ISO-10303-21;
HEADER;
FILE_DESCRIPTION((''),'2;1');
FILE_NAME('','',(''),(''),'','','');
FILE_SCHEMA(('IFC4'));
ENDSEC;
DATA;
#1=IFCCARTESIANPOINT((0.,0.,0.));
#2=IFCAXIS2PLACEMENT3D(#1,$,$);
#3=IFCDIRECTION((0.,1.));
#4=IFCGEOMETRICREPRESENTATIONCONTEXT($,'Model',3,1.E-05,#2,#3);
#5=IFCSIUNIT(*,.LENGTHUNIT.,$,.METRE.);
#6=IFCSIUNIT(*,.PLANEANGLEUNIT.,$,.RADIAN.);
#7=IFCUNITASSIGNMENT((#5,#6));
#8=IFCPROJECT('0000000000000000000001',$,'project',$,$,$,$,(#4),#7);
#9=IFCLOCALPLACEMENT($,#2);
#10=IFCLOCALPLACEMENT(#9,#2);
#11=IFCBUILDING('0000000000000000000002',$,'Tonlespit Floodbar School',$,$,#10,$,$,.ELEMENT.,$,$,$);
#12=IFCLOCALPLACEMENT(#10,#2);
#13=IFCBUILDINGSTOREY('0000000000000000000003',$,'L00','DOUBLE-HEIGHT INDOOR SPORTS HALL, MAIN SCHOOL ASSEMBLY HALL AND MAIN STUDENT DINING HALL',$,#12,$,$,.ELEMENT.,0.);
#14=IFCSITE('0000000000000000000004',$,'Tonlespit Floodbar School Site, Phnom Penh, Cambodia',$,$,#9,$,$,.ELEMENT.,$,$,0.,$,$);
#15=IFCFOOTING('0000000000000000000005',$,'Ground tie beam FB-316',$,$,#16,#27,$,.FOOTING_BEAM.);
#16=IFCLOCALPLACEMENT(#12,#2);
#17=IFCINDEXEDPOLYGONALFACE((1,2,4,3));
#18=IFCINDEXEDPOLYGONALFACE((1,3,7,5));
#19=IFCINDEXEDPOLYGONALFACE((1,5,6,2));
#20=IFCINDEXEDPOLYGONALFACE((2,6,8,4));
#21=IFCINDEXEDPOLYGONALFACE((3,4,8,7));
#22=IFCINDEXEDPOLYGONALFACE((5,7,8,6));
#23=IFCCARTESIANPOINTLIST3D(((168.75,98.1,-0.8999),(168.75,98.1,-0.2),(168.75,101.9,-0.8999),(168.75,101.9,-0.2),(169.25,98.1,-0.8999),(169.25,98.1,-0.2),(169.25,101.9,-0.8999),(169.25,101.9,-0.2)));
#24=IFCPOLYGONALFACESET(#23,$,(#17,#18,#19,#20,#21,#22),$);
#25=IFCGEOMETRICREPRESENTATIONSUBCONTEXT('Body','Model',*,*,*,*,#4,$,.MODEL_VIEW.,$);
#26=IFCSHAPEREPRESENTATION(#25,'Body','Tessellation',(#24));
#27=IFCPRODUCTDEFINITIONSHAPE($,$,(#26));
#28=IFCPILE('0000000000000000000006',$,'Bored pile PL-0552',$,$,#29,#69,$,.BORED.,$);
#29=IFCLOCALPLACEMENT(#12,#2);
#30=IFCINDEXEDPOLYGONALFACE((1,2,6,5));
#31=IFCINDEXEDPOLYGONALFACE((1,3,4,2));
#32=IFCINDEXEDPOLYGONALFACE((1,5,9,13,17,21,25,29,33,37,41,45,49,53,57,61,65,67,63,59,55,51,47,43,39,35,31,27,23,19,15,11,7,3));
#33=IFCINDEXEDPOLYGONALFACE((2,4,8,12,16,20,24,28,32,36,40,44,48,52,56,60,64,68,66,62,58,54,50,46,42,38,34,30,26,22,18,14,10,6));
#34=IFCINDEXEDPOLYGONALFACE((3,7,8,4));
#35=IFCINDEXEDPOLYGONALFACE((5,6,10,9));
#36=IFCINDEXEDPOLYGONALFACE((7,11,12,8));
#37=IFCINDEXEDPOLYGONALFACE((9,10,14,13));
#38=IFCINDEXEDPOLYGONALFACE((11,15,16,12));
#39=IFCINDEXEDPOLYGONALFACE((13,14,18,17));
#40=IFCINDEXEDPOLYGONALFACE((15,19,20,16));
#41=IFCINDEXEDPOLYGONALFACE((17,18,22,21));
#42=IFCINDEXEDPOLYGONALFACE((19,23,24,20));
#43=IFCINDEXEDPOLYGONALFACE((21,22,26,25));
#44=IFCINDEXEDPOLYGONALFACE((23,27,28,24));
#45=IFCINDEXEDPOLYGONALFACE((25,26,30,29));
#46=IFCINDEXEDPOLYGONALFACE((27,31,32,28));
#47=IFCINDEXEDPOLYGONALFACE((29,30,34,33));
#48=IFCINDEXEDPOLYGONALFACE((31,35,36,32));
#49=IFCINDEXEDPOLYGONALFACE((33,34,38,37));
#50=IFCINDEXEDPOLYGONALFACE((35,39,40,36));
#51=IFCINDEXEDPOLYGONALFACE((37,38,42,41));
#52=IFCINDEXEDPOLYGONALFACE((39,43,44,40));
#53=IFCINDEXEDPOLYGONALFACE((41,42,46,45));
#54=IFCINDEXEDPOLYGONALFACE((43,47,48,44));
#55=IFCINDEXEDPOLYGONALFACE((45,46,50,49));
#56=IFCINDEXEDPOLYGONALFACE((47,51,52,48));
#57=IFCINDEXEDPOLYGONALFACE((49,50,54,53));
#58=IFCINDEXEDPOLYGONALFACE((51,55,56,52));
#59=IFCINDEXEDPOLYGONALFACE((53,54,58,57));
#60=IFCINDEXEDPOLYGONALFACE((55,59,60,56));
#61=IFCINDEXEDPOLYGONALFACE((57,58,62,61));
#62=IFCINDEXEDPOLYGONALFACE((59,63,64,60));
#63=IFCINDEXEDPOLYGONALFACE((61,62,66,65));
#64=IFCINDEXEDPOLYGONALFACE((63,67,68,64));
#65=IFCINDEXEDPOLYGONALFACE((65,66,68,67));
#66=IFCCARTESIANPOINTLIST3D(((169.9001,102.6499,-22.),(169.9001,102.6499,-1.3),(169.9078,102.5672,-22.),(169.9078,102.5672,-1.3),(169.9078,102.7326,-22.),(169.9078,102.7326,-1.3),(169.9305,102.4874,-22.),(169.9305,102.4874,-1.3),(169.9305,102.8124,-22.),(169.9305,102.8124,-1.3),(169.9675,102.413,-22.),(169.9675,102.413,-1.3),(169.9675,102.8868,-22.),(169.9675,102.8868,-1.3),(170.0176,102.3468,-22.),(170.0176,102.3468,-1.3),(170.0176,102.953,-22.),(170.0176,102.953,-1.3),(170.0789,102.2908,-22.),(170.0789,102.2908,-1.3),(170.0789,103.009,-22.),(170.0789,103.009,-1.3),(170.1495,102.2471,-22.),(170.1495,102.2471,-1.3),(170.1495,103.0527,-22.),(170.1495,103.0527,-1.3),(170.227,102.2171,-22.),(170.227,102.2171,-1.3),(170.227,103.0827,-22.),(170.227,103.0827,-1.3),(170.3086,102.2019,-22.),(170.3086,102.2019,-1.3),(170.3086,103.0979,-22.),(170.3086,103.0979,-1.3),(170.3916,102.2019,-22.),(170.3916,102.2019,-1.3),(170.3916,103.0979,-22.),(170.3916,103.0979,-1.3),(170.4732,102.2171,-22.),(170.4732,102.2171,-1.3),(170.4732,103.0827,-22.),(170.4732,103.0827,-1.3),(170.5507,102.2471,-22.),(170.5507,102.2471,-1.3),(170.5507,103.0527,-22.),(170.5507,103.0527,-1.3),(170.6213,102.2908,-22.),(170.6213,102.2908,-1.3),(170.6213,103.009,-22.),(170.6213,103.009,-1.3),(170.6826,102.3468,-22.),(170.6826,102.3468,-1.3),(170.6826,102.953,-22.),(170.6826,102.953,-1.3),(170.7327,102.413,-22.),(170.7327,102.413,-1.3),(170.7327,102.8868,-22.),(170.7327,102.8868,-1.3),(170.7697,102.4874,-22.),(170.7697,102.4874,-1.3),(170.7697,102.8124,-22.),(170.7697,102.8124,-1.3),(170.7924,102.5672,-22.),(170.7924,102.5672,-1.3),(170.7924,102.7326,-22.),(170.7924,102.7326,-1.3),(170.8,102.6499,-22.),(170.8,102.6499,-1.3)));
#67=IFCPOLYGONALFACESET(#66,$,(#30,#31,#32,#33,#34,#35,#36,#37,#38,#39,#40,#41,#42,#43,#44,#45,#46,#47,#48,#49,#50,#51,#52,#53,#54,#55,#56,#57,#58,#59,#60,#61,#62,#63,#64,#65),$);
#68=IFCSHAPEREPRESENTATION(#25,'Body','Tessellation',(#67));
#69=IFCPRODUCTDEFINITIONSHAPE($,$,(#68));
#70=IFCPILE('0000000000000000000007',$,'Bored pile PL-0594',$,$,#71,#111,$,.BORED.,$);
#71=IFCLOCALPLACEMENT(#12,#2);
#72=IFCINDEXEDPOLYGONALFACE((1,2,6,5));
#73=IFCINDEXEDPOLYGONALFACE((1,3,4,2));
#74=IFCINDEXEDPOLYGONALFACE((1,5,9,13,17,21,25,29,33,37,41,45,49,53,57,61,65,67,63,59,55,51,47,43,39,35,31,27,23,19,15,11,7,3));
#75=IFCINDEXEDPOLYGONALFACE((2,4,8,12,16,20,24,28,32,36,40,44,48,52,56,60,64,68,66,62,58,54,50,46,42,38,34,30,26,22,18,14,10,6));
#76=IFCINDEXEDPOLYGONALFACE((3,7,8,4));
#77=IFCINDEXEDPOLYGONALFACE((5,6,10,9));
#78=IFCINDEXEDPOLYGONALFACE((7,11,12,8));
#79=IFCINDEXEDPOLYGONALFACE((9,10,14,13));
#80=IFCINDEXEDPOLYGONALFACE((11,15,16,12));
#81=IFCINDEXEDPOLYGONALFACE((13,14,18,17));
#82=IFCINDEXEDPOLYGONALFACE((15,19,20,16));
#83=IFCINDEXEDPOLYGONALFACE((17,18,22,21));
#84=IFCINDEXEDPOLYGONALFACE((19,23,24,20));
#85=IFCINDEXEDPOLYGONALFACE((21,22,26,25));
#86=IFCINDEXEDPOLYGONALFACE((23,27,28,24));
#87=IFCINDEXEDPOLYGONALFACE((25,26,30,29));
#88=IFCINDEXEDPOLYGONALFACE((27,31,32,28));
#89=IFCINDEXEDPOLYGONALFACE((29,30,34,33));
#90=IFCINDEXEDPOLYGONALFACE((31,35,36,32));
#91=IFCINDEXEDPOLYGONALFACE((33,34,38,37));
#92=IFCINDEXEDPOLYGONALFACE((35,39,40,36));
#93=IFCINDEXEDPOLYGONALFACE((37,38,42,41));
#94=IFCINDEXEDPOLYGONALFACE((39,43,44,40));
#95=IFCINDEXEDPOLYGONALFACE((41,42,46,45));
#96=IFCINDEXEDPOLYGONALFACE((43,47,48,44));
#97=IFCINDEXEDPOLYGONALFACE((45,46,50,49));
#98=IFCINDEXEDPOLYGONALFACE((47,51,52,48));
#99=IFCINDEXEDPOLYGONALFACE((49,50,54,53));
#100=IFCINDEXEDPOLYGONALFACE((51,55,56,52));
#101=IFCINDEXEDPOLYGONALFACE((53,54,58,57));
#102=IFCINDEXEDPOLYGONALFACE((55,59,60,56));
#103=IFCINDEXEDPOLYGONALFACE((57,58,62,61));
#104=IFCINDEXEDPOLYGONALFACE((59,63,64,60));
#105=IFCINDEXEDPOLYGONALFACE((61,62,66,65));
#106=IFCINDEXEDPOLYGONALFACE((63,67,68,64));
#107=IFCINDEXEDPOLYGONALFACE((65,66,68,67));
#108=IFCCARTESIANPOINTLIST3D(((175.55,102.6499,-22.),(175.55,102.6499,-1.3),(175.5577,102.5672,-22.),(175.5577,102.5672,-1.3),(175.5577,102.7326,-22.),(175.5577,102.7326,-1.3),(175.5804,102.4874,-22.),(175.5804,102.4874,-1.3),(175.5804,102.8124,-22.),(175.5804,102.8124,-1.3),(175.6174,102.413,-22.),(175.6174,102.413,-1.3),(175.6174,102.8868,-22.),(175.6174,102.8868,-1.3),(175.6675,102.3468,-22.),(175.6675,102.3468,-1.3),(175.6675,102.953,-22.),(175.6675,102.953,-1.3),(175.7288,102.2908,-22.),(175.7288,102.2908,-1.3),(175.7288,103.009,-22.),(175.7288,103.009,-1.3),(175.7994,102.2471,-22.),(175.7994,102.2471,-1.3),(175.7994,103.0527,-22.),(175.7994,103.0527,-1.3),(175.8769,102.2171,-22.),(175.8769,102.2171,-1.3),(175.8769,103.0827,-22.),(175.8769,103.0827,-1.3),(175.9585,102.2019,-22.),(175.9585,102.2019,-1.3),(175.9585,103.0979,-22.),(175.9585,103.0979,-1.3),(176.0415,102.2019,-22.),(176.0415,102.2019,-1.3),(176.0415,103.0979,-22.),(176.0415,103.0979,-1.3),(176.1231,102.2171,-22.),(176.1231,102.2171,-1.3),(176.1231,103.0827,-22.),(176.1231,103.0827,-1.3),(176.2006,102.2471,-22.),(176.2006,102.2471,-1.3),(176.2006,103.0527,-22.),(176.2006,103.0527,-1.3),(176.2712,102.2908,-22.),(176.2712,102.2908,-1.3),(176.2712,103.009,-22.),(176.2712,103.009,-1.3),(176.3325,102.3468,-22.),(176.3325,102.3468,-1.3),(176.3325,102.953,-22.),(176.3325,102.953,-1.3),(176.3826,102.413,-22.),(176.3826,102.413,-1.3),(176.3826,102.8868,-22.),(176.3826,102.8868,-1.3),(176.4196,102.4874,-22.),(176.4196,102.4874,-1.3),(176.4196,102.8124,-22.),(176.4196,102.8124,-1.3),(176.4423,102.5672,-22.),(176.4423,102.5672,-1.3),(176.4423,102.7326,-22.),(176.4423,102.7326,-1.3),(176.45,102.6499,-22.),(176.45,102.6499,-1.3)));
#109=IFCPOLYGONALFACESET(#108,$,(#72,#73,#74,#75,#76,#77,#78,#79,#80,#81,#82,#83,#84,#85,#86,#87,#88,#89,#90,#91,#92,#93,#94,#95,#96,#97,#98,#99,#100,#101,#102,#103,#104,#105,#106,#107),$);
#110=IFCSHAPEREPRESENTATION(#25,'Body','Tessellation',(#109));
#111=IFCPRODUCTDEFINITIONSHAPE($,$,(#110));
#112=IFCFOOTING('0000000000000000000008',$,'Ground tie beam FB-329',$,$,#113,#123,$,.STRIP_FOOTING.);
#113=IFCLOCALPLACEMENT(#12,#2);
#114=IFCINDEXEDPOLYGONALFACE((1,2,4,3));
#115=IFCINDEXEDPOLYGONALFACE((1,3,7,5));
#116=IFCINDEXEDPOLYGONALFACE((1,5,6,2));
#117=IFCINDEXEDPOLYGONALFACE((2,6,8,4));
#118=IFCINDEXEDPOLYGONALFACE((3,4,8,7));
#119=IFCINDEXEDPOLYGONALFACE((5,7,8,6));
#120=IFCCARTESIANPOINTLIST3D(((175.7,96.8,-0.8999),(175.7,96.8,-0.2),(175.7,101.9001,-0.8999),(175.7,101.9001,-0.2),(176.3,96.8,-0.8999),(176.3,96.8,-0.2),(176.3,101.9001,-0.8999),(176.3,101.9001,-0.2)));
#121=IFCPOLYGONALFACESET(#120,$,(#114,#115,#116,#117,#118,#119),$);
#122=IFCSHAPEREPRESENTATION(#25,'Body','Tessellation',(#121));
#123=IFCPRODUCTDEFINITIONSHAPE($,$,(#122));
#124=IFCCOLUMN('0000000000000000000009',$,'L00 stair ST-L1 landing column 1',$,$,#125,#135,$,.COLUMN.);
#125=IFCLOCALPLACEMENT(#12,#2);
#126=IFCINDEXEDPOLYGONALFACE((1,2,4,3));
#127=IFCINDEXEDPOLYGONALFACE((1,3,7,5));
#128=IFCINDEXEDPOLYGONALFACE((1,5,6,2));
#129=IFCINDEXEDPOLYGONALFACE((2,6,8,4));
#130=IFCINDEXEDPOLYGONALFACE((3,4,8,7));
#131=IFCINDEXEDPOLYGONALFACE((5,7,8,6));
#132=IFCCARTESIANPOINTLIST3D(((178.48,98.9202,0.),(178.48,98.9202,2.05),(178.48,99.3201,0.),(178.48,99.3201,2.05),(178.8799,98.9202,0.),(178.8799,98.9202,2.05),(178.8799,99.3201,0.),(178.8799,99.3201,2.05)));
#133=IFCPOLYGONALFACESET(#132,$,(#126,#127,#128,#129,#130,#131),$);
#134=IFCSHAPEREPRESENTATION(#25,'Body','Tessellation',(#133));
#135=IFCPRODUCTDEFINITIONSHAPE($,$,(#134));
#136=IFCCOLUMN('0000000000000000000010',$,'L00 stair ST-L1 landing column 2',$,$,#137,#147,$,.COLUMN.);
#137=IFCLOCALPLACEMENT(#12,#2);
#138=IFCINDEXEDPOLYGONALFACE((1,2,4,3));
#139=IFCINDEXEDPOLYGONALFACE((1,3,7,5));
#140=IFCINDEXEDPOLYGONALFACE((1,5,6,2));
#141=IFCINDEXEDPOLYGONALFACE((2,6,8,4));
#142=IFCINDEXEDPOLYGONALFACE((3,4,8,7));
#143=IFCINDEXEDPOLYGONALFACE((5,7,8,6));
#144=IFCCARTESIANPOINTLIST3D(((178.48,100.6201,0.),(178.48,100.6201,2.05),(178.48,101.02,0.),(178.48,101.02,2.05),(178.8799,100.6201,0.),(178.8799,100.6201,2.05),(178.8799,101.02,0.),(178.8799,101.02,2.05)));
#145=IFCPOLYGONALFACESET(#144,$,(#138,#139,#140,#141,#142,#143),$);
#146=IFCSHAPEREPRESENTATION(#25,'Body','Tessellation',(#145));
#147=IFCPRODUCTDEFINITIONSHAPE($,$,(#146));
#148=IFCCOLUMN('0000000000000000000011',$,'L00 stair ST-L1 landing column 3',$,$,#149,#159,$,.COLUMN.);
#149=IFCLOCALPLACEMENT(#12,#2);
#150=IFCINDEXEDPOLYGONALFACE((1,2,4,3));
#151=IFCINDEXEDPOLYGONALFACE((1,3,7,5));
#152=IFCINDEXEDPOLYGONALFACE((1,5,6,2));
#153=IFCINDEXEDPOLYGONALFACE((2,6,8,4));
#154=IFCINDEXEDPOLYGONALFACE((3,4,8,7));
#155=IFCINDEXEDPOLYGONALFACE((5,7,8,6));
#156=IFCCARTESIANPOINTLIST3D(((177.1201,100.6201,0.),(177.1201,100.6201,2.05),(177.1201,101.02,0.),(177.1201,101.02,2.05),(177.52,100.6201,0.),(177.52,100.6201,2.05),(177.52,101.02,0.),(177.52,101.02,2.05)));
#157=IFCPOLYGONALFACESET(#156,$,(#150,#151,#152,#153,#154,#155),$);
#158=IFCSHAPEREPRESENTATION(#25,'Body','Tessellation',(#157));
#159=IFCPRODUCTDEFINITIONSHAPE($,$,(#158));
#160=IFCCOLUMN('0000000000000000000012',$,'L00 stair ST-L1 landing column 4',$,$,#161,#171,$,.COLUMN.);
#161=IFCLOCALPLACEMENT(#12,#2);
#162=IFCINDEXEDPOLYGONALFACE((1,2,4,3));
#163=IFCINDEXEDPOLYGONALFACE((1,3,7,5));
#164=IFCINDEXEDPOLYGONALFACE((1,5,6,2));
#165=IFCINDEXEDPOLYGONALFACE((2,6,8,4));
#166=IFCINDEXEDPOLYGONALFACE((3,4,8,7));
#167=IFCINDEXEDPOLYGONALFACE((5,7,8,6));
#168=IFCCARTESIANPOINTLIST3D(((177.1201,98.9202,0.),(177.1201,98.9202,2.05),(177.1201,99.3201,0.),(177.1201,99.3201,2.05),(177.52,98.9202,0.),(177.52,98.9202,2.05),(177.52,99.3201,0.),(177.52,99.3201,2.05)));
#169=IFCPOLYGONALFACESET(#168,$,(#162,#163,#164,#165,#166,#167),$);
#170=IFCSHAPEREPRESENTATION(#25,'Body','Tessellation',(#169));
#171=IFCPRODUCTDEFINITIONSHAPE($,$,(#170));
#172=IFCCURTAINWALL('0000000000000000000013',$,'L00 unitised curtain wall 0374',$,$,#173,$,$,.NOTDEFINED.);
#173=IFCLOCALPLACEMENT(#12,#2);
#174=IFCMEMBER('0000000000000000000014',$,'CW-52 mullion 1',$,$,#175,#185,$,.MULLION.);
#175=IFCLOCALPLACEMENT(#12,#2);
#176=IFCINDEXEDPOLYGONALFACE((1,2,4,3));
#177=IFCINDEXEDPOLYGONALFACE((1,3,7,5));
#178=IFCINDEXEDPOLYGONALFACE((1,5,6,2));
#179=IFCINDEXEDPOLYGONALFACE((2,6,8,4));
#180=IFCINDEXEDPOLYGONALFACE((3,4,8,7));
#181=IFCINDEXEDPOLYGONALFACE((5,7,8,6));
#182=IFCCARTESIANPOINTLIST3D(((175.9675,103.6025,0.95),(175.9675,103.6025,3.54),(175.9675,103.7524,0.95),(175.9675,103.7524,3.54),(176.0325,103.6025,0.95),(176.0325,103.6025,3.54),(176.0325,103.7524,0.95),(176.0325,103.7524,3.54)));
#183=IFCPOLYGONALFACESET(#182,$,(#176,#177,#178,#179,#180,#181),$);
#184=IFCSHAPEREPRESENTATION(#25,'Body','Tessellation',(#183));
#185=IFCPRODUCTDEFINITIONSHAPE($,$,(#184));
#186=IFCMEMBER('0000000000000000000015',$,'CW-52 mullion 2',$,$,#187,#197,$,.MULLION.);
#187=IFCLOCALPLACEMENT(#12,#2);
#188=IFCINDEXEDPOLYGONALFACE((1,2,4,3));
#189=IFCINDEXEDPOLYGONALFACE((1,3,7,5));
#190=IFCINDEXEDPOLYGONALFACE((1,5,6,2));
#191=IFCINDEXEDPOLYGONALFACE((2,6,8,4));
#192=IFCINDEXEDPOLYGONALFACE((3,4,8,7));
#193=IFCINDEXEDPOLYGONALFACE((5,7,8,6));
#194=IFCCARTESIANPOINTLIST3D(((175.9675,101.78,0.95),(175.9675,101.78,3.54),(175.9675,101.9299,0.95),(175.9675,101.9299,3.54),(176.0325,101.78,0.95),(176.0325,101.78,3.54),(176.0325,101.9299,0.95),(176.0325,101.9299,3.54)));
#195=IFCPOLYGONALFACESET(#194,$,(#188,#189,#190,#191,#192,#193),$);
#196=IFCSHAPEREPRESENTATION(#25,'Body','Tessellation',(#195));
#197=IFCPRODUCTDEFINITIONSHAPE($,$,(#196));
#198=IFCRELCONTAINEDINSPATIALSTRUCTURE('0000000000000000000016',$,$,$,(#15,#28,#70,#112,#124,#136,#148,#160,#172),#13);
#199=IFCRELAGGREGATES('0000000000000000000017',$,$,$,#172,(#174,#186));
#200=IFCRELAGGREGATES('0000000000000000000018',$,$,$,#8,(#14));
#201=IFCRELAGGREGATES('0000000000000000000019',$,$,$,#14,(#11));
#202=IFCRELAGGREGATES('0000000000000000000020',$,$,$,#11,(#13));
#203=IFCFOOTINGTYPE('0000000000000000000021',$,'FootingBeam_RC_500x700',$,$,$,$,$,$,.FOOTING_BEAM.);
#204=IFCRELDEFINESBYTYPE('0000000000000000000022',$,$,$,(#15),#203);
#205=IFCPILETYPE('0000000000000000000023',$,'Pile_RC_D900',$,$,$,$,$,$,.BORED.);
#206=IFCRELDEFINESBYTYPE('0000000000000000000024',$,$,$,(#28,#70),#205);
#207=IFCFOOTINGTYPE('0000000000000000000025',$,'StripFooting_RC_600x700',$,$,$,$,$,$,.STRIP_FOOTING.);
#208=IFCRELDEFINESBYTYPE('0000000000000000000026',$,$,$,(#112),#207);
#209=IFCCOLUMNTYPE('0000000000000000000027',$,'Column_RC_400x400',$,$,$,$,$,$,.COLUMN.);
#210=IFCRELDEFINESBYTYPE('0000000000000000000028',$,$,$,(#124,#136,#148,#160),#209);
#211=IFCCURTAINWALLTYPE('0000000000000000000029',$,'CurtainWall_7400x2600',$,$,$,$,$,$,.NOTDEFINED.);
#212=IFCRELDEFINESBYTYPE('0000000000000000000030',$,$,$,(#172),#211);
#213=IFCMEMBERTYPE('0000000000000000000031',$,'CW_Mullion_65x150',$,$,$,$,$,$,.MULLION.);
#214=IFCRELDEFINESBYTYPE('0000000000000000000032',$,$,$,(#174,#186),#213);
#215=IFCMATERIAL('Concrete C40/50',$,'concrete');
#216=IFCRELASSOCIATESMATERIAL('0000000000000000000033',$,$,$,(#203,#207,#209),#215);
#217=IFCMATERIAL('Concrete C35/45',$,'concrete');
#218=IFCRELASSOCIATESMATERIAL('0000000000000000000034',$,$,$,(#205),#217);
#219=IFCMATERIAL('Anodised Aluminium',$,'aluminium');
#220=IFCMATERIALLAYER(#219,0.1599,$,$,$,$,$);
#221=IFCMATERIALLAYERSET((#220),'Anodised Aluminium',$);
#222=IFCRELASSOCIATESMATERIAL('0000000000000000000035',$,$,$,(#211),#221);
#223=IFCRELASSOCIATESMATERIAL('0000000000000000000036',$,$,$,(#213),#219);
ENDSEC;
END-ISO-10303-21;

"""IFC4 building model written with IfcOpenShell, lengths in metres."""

from ifc_helpers import new_model, si_unit, direction, frame, origin, origin_2d, place, context, subcontext, project, spatial, rectangle, circle, extrude, material, layer, layer_set, material_profile, profile_set, type_object, element, aggregate, save


model = new_model("IFC4")

# Units and contexts
model_context = context("Model", 3, precision=1e-05, world=origin(), true_north=direction((0.0, 1.0)))
body_context = subcontext(model_context, "Body", "Model", "MODEL_VIEW")
ifc_project = project(units=[si_unit("LENGTHUNIT", "METRE"), si_unit("PLANEANGLEUNIT", "RADIAN")], contexts=[model_context])

# Site, building, storey
site_placement = place(None, origin())
site = spatial("IfcSite", under=ifc_project, at=site_placement, Name="Tonlespit Floodbar School Site, Phnom Penh, Cambodia", CompositionType="ELEMENT", RefElevation=0.0)
building_placement = place(site_placement, origin())
building = spatial("IfcBuilding", under=site, at=building_placement, Name="Tonlespit Floodbar School", CompositionType="ELEMENT")
storey_placement = place(building_placement, origin())
storey = spatial("IfcBuildingStorey", under=building, at=storey_placement, Name="L00", Description="DOUBLE-HEIGHT INDOOR SPORTS HALL, MAIN SCHOOL ASSEMBLY HALL AND MAIN STUDENT DINING HALL", CompositionType="ELEMENT", Elevation=0.0)

# Footing
ifc_material_1 = material(Name="Concrete C40/50", Category="concrete")
footing_type_1 = type_object("IfcFootingType", Name="FootingBeam_RC_500x700", PredefinedType="FOOTING_BEAM", material=ifc_material_1)
footing_1_placement = place(storey_placement, frame((169.0, 100.0, -0.8999), z_axis=(0.0, 0.0, 1.0), x_axis=(0.0, 1.0, 0.0)))
element("IfcFooting", 1, at=footing_1_placement, inside=storey, type_object=footing_type_1, Name="Ground tie beam FB-316", PredefinedType="FOOTING_BEAM", context=body_context, shape_type="SweptSolid", body=[
    extrude(rectangle(XDim=3.8, YDim=0.5, at=origin_2d()), origin(), (0.0, 0.0, 1.0), 0.7),
])

# Piles
ifc_material_2 = material(Name="Concrete C35/45", Category="concrete")
ifc_material_profile_1 = material_profile(ifc_material_2, circle(Radius=0.45, at=origin_2d()), Name="BP D900")
ifc_profile_set_1 = profile_set([ifc_material_profile_1], Name="Concrete C35/45")
pile_type = type_object("IfcPileType", Name="Pile_RC_D900", PredefinedType="BORED", material=ifc_profile_set_1)
for number, where, z_axis, x_axis, name in (
    (2, (170.3501, 102.6499, -1.3), (0.0, 0.0, -1.0), (1.0, 0.0, 0.0), "Bored pile PL-0552"),
    (3, (176.0, 102.6499, -1.3), (0.0, 0.0, -1.0), (1.0, 0.0, 0.0), "Bored pile PL-0594"),
):
    element("IfcPile", number, at=place(storey_placement, frame(where, z_axis=z_axis, x_axis=x_axis)), inside=storey, type_object=pile_type, Name=name, PredefinedType="BORED", context=body_context, shape_type="SweptSolid", body=[
        extrude(circle(Radius=0.45, at=origin_2d()), origin(), (0.0, 0.0, 1.0), 20.7),
    ])

# Footing
footing_type_2 = type_object("IfcFootingType", Name="StripFooting_RC_600x700", PredefinedType="STRIP_FOOTING", material=ifc_material_1)
footing_2_placement = place(storey_placement, frame((176.0, 99.3501, -0.8999), z_axis=(0.0, 0.0, 1.0), x_axis=(0.0, 1.0, 0.0)))
element("IfcFooting", 4, at=footing_2_placement, inside=storey, type_object=footing_type_2, Name="Ground tie beam FB-329", PredefinedType="STRIP_FOOTING", context=body_context, shape_type="SweptSolid", body=[
    extrude(rectangle(XDim=5.1001, YDim=0.6001, at=origin_2d()), origin(), (0.0, 0.0, 1.0), 0.7),
])

# Columns
ifc_material_profile_2 = material_profile(ifc_material_1, rectangle(XDim=0.3999, YDim=0.3999, at=origin_2d()), Name="RC 400x400")
ifc_profile_set_2 = profile_set([ifc_material_profile_2], Name="Concrete C40/50")
column_type = type_object("IfcColumnType", Name="Column_RC_400x400", PredefinedType="COLUMN", material=ifc_profile_set_2)
for number, where, z_axis, x_axis, name in (
    (5, (178.6799, 99.1201, 0.0), (0.0, 0.0, 1.0), (1.0, 0.0, 0.0), "L00 stair ST-L1 landing column 1"),
    (6, (178.6799, 100.8201, 0.0), (0.0, 0.0, 1.0), (1.0, 0.0, 0.0), "L00 stair ST-L1 landing column 2"),
    (7, (177.3201, 100.8201, 0.0), (0.0, 0.0, 1.0), (1.0, 0.0, 0.0), "L00 stair ST-L1 landing column 3"),
    (8, (177.3201, 99.1201, 0.0), (0.0, 0.0, 1.0), (1.0, 0.0, 0.0), "L00 stair ST-L1 landing column 4"),
):
    element("IfcColumn", number, at=place(storey_placement, frame(where, z_axis=z_axis, x_axis=x_axis)), inside=storey, type_object=column_type, Name=name, PredefinedType="COLUMN", context=body_context, shape_type="SweptSolid", body=[
        extrude(rectangle(XDim=0.3999, YDim=0.3999, at=origin_2d()), origin(), (0.0, 0.0, 1.0), 2.05),
    ])

# Curtain wall, members
ifc_material_3 = material(Name="Anodised Aluminium", Category="aluminium")
ifc_layer_1 = layer(ifc_material_3, 0.1599)
ifc_layer_set_1 = layer_set([ifc_layer_1], Name="Anodised Aluminium")
curtain_wall_type = type_object("IfcCurtainWallType", Name="CurtainWall_7400x2600", PredefinedType="NOTDEFINED", material=ifc_layer_set_1)
curtain_wall_placement = place(storey_placement, origin())
curtain_wall = element("IfcCurtainWall", 9, at=curtain_wall_placement, inside=storey, type_object=curtain_wall_type, Name="L00 unitised curtain wall 0374", PredefinedType="NOTDEFINED")
ifc_material_profile_3 = material_profile(ifc_material_3, rectangle(XDim=0.0649, YDim=0.1499, at=origin_2d()), Name="ALU M65x150")
ifc_profile_set_3 = profile_set([ifc_material_profile_3], Name="Anodised Aluminium")
member_type_1 = type_object("IfcMemberType", Name="CW_Mullion_65x150", PredefinedType="MULLION", material=ifc_profile_set_3)
member_1_placement = place(storey_placement, frame((176.0, 103.6775, 0.95), z_axis=(0.0, 0.0, 1.0), x_axis=(1.0, 0.0, 0.0)))
member_1 = element("IfcMember", 10, at=member_1_placement, type_object=member_type_1, Name="CW-52 mullion 1", PredefinedType="MULLION", context=body_context, shape_type="SweptSolid", body=[
    extrude(rectangle(XDim=0.0649, YDim=0.1499, at=origin_2d()), origin(), (0.0, 0.0, 1.0), 2.5901),
])
member_2_placement = place(storey_placement, frame((176.0, 101.855, 0.95), z_axis=(0.0, 0.0, 1.0), x_axis=(1.0, 0.0, 0.0)))
member_2 = element("IfcMember", 11, at=member_2_placement, type_object=member_type_1, Name="CW-52 mullion 2", PredefinedType="MULLION", context=body_context, shape_type="SweptSolid", body=[
    extrude(rectangle(XDim=0.0649, YDim=0.1499, at=origin_2d()), origin(), (0.0, 0.0, 1.0), 2.5901),
])
aggregate(curtain_wall, [member_1, member_2])

save(model, "model.ifc")
